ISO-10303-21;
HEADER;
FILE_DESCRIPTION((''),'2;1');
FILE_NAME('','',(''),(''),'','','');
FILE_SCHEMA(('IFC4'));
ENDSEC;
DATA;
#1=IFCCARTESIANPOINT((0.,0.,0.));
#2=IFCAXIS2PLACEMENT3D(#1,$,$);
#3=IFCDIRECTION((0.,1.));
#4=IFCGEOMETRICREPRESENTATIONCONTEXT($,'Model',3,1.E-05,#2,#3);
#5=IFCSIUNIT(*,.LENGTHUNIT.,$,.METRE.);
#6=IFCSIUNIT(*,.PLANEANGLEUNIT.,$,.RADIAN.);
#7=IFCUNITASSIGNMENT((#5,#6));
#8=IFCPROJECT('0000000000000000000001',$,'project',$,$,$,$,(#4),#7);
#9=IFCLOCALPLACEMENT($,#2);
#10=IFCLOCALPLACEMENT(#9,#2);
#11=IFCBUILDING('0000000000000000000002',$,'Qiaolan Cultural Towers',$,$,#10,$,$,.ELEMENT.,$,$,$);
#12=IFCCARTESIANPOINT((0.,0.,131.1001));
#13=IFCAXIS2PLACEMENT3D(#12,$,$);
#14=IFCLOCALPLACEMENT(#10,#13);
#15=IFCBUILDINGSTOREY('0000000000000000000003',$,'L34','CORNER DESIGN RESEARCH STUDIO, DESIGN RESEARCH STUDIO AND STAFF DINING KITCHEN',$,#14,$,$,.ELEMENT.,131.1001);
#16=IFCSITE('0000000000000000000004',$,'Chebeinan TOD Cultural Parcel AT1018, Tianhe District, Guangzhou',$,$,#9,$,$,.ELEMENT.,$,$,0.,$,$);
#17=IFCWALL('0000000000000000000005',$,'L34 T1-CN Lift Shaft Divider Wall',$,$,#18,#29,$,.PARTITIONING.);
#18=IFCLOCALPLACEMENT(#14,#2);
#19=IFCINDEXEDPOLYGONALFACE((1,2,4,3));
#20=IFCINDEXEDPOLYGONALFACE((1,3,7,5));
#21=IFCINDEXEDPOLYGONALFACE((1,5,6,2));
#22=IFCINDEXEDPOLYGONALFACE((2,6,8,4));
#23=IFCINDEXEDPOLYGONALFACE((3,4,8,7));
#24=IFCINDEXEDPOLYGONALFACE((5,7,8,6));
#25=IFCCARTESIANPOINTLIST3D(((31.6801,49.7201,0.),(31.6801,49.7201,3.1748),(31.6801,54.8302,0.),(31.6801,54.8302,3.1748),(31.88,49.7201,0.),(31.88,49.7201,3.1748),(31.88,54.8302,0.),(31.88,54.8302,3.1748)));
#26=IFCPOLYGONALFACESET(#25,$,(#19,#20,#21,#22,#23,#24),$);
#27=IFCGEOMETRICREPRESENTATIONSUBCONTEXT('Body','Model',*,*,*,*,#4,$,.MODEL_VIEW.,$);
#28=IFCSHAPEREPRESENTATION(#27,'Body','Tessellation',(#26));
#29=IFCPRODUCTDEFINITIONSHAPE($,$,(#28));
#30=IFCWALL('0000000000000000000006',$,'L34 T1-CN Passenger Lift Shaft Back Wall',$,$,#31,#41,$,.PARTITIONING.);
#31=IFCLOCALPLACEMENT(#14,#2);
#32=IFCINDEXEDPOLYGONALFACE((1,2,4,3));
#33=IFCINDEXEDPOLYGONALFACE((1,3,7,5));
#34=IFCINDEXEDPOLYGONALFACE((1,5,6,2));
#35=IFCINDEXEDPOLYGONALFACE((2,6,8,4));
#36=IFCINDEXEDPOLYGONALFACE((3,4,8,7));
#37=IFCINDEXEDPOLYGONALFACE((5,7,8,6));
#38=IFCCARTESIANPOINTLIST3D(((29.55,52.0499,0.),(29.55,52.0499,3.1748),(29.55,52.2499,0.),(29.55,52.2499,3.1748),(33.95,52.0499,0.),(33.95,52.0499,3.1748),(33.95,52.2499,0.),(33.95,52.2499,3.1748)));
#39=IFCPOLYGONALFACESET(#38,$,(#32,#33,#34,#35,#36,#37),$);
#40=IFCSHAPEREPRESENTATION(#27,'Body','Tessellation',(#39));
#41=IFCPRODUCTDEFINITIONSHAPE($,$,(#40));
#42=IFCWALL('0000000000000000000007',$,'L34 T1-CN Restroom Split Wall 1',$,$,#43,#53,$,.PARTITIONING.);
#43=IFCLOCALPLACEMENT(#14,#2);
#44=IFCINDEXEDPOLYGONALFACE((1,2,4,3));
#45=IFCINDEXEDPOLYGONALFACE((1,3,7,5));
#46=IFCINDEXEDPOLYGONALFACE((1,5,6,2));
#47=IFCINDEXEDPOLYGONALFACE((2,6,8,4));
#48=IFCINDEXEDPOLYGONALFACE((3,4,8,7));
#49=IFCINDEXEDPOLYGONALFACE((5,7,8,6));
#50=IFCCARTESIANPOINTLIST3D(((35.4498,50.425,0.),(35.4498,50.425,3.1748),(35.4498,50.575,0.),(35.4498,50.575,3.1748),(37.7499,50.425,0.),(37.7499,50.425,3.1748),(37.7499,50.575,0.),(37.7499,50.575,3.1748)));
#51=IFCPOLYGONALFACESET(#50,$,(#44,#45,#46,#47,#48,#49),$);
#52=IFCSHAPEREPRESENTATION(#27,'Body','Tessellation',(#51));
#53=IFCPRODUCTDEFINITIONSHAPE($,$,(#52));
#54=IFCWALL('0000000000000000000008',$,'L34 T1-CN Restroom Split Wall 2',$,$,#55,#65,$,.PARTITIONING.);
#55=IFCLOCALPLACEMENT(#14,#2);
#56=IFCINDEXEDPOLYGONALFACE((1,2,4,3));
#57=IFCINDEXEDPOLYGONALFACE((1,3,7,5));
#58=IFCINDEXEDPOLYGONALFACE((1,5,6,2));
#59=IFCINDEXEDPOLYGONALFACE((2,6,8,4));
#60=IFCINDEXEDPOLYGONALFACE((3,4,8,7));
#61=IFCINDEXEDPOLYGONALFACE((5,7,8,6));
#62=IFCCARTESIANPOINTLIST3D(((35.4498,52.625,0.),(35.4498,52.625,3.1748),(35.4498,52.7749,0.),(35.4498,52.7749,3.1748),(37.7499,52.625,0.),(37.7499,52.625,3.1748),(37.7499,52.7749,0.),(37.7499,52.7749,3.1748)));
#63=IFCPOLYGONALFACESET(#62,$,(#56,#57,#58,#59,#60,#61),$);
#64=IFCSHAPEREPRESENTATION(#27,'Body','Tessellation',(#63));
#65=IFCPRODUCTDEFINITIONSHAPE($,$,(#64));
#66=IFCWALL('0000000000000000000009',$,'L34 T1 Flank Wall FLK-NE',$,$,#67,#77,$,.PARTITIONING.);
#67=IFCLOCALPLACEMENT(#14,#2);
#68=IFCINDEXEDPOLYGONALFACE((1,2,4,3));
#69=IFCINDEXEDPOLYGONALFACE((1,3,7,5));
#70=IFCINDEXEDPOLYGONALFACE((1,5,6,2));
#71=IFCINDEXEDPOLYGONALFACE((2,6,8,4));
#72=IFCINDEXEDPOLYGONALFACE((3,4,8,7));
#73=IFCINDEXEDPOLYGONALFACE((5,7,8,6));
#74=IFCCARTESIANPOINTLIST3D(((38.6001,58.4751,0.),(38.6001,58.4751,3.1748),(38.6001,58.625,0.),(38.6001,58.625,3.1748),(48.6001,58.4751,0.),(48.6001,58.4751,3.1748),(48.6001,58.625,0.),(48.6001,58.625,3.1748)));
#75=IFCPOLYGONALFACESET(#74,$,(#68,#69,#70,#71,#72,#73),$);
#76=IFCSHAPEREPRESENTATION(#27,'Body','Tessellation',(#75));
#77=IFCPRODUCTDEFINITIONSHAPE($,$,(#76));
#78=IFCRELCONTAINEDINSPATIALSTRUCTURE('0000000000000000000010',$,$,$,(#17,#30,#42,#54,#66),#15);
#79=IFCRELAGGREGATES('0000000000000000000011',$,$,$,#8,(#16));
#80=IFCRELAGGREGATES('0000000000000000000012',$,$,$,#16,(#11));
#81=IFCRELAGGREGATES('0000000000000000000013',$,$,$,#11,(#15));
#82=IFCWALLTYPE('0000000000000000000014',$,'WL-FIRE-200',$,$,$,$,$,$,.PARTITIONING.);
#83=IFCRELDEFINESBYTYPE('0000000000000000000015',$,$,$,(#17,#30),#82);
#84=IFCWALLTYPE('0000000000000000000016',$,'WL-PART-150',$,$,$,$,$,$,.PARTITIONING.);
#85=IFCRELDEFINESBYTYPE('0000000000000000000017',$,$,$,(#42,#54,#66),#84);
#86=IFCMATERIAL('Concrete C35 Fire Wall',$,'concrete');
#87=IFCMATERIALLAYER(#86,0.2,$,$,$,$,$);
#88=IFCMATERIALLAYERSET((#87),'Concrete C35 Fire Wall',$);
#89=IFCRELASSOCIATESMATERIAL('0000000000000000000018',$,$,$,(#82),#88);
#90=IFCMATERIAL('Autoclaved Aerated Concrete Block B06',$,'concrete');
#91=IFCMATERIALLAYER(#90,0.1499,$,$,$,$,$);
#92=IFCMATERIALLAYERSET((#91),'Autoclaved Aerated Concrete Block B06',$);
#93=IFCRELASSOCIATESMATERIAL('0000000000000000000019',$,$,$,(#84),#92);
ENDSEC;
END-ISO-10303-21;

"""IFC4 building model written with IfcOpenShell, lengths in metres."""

from ifc_helpers import new_model, si_unit, direction, frame, frame_2d, origin, place, context, subcontext, project, spatial, rectangle, extrude, material, layer, layer_set, type_object, element, save


model = new_model("IFC4")

# Units and contexts
model_context = context("Model", 3, precision=1e-05, world=origin(), true_north=direction((0.0, 1.0)))
body_context = subcontext(model_context, "Body", "Model", "MODEL_VIEW")
ifc_project = project(units=[si_unit("LENGTHUNIT", "METRE"), si_unit("PLANEANGLEUNIT", "RADIAN")], contexts=[model_context])

# Site, building, storey
site_placement = place(None, origin())
site = spatial("IfcSite", under=ifc_project, at=site_placement, Name="Chebeinan TOD Cultural Parcel AT1018, Tianhe District, Guangzhou", CompositionType="ELEMENT", RefElevation=0.0)
building_placement = place(site_placement, origin())
building = spatial("IfcBuilding", under=site, at=building_placement, Name="Qiaolan Cultural Towers", CompositionType="ELEMENT")
storey_placement = place(building_placement, frame((0.0, 0.0, 131.1001)))
storey = spatial("IfcBuildingStorey", under=building, at=storey_placement, Name="L34", Description="CORNER DESIGN RESEARCH STUDIO, DESIGN RESEARCH STUDIO AND STAFF DINING KITCHEN", CompositionType="ELEMENT", Elevation=131.1001)

# Shared definitions
ifc_material_1 = material(Name="Concrete C35 Fire Wall", Category="concrete")
ifc_layer_1 = layer(ifc_material_1, 0.2)
ifc_layer_set_1 = layer_set([ifc_layer_1], Name="Concrete C35 Fire Wall")
wall_type_1 = type_object("IfcWallType", Name="WL-FIRE-200", PredefinedType="PARTITIONING", material=ifc_layer_set_1)

# Walls
wall_1_placement = place(storey_placement, frame((31.78, 49.72, 0.0), z_axis=(0.0, 0.0, 1.0), x_axis=(0.0, 1.0, 0.0)))
element("IfcWall", 1, at=wall_1_placement, inside=storey, type_object=wall_type_1, Name="L34 T1-CN Lift Shaft Divider Wall", PredefinedType="PARTITIONING", context=body_context, shape_type="SweptSolid", body=[
    extrude(rectangle(XDim=5.1101, YDim=0.2, at=frame_2d((2.5552, 0.0))), origin(), (0.0, 0.0, 1.0), 3.1748),
])
wall_2_placement = place(storey_placement, frame((29.55, 52.1499, 0.0), z_axis=(0.0, 0.0, 1.0), x_axis=(1.0, 0.0, 0.0)))
element("IfcWall", 2, at=wall_2_placement, inside=storey, type_object=wall_type_1, Name="L34 T1-CN Passenger Lift Shaft Back Wall", PredefinedType="PARTITIONING", context=body_context, shape_type="SweptSolid", body=[
    extrude(rectangle(XDim=4.3999, YDim=0.2, at=frame_2d((2.2, 0.0))), origin(), (0.0, 0.0, 1.0), 3.1748),
])
ifc_material_2 = material(Name="Autoclaved Aerated Concrete Block B06", Category="concrete")
ifc_layer_2 = layer(ifc_material_2, 0.1499)
ifc_layer_set_2 = layer_set([ifc_layer_2], Name="Autoclaved Aerated Concrete Block B06")
wall_type_2 = type_object("IfcWallType", Name="WL-PART-150", PredefinedType="PARTITIONING", material=ifc_layer_set_2)
for number, where, z_axis, x_axis, name in (
    (3, (35.45, 50.5, 0.0), (0.0, 0.0, 1.0), (1.0, 0.0, 0.0), "L34 T1-CN Restroom Split Wall 1"),
    (4, (35.45, 52.7, 0.0), (0.0, 0.0, 1.0), (1.0, 0.0, 0.0), "L34 T1-CN Restroom Split Wall 2"),
):
    element("IfcWall", number, at=place(storey_placement, frame(where, z_axis=z_axis, x_axis=x_axis)), inside=storey, type_object=wall_type_2, Name=name, PredefinedType="PARTITIONING", context=body_context, shape_type="SweptSolid", body=[
        extrude(rectangle(XDim=2.3, YDim=0.1499, at=frame_2d((1.1499, 0.0))), origin(), (0.0, 0.0, 1.0), 3.1748),
    ])
wall_3_placement = place(storey_placement, frame((38.6001, 58.55, 0.0), z_axis=(0.0, 0.0, 1.0), x_axis=(1.0, 0.0, 0.0)))
element("IfcWall", 5, at=wall_3_placement, inside=storey, type_object=wall_type_2, Name="L34 T1 Flank Wall FLK-NE", PredefinedType="PARTITIONING", context=body_context, shape_type="SweptSolid", body=[
    extrude(rectangle(XDim=10.0, YDim=0.1499, at=frame_2d((5.0, 0.0))), origin(), (0.0, 0.0, 1.0), 3.1748),
])

save(model, "model.ifc")
